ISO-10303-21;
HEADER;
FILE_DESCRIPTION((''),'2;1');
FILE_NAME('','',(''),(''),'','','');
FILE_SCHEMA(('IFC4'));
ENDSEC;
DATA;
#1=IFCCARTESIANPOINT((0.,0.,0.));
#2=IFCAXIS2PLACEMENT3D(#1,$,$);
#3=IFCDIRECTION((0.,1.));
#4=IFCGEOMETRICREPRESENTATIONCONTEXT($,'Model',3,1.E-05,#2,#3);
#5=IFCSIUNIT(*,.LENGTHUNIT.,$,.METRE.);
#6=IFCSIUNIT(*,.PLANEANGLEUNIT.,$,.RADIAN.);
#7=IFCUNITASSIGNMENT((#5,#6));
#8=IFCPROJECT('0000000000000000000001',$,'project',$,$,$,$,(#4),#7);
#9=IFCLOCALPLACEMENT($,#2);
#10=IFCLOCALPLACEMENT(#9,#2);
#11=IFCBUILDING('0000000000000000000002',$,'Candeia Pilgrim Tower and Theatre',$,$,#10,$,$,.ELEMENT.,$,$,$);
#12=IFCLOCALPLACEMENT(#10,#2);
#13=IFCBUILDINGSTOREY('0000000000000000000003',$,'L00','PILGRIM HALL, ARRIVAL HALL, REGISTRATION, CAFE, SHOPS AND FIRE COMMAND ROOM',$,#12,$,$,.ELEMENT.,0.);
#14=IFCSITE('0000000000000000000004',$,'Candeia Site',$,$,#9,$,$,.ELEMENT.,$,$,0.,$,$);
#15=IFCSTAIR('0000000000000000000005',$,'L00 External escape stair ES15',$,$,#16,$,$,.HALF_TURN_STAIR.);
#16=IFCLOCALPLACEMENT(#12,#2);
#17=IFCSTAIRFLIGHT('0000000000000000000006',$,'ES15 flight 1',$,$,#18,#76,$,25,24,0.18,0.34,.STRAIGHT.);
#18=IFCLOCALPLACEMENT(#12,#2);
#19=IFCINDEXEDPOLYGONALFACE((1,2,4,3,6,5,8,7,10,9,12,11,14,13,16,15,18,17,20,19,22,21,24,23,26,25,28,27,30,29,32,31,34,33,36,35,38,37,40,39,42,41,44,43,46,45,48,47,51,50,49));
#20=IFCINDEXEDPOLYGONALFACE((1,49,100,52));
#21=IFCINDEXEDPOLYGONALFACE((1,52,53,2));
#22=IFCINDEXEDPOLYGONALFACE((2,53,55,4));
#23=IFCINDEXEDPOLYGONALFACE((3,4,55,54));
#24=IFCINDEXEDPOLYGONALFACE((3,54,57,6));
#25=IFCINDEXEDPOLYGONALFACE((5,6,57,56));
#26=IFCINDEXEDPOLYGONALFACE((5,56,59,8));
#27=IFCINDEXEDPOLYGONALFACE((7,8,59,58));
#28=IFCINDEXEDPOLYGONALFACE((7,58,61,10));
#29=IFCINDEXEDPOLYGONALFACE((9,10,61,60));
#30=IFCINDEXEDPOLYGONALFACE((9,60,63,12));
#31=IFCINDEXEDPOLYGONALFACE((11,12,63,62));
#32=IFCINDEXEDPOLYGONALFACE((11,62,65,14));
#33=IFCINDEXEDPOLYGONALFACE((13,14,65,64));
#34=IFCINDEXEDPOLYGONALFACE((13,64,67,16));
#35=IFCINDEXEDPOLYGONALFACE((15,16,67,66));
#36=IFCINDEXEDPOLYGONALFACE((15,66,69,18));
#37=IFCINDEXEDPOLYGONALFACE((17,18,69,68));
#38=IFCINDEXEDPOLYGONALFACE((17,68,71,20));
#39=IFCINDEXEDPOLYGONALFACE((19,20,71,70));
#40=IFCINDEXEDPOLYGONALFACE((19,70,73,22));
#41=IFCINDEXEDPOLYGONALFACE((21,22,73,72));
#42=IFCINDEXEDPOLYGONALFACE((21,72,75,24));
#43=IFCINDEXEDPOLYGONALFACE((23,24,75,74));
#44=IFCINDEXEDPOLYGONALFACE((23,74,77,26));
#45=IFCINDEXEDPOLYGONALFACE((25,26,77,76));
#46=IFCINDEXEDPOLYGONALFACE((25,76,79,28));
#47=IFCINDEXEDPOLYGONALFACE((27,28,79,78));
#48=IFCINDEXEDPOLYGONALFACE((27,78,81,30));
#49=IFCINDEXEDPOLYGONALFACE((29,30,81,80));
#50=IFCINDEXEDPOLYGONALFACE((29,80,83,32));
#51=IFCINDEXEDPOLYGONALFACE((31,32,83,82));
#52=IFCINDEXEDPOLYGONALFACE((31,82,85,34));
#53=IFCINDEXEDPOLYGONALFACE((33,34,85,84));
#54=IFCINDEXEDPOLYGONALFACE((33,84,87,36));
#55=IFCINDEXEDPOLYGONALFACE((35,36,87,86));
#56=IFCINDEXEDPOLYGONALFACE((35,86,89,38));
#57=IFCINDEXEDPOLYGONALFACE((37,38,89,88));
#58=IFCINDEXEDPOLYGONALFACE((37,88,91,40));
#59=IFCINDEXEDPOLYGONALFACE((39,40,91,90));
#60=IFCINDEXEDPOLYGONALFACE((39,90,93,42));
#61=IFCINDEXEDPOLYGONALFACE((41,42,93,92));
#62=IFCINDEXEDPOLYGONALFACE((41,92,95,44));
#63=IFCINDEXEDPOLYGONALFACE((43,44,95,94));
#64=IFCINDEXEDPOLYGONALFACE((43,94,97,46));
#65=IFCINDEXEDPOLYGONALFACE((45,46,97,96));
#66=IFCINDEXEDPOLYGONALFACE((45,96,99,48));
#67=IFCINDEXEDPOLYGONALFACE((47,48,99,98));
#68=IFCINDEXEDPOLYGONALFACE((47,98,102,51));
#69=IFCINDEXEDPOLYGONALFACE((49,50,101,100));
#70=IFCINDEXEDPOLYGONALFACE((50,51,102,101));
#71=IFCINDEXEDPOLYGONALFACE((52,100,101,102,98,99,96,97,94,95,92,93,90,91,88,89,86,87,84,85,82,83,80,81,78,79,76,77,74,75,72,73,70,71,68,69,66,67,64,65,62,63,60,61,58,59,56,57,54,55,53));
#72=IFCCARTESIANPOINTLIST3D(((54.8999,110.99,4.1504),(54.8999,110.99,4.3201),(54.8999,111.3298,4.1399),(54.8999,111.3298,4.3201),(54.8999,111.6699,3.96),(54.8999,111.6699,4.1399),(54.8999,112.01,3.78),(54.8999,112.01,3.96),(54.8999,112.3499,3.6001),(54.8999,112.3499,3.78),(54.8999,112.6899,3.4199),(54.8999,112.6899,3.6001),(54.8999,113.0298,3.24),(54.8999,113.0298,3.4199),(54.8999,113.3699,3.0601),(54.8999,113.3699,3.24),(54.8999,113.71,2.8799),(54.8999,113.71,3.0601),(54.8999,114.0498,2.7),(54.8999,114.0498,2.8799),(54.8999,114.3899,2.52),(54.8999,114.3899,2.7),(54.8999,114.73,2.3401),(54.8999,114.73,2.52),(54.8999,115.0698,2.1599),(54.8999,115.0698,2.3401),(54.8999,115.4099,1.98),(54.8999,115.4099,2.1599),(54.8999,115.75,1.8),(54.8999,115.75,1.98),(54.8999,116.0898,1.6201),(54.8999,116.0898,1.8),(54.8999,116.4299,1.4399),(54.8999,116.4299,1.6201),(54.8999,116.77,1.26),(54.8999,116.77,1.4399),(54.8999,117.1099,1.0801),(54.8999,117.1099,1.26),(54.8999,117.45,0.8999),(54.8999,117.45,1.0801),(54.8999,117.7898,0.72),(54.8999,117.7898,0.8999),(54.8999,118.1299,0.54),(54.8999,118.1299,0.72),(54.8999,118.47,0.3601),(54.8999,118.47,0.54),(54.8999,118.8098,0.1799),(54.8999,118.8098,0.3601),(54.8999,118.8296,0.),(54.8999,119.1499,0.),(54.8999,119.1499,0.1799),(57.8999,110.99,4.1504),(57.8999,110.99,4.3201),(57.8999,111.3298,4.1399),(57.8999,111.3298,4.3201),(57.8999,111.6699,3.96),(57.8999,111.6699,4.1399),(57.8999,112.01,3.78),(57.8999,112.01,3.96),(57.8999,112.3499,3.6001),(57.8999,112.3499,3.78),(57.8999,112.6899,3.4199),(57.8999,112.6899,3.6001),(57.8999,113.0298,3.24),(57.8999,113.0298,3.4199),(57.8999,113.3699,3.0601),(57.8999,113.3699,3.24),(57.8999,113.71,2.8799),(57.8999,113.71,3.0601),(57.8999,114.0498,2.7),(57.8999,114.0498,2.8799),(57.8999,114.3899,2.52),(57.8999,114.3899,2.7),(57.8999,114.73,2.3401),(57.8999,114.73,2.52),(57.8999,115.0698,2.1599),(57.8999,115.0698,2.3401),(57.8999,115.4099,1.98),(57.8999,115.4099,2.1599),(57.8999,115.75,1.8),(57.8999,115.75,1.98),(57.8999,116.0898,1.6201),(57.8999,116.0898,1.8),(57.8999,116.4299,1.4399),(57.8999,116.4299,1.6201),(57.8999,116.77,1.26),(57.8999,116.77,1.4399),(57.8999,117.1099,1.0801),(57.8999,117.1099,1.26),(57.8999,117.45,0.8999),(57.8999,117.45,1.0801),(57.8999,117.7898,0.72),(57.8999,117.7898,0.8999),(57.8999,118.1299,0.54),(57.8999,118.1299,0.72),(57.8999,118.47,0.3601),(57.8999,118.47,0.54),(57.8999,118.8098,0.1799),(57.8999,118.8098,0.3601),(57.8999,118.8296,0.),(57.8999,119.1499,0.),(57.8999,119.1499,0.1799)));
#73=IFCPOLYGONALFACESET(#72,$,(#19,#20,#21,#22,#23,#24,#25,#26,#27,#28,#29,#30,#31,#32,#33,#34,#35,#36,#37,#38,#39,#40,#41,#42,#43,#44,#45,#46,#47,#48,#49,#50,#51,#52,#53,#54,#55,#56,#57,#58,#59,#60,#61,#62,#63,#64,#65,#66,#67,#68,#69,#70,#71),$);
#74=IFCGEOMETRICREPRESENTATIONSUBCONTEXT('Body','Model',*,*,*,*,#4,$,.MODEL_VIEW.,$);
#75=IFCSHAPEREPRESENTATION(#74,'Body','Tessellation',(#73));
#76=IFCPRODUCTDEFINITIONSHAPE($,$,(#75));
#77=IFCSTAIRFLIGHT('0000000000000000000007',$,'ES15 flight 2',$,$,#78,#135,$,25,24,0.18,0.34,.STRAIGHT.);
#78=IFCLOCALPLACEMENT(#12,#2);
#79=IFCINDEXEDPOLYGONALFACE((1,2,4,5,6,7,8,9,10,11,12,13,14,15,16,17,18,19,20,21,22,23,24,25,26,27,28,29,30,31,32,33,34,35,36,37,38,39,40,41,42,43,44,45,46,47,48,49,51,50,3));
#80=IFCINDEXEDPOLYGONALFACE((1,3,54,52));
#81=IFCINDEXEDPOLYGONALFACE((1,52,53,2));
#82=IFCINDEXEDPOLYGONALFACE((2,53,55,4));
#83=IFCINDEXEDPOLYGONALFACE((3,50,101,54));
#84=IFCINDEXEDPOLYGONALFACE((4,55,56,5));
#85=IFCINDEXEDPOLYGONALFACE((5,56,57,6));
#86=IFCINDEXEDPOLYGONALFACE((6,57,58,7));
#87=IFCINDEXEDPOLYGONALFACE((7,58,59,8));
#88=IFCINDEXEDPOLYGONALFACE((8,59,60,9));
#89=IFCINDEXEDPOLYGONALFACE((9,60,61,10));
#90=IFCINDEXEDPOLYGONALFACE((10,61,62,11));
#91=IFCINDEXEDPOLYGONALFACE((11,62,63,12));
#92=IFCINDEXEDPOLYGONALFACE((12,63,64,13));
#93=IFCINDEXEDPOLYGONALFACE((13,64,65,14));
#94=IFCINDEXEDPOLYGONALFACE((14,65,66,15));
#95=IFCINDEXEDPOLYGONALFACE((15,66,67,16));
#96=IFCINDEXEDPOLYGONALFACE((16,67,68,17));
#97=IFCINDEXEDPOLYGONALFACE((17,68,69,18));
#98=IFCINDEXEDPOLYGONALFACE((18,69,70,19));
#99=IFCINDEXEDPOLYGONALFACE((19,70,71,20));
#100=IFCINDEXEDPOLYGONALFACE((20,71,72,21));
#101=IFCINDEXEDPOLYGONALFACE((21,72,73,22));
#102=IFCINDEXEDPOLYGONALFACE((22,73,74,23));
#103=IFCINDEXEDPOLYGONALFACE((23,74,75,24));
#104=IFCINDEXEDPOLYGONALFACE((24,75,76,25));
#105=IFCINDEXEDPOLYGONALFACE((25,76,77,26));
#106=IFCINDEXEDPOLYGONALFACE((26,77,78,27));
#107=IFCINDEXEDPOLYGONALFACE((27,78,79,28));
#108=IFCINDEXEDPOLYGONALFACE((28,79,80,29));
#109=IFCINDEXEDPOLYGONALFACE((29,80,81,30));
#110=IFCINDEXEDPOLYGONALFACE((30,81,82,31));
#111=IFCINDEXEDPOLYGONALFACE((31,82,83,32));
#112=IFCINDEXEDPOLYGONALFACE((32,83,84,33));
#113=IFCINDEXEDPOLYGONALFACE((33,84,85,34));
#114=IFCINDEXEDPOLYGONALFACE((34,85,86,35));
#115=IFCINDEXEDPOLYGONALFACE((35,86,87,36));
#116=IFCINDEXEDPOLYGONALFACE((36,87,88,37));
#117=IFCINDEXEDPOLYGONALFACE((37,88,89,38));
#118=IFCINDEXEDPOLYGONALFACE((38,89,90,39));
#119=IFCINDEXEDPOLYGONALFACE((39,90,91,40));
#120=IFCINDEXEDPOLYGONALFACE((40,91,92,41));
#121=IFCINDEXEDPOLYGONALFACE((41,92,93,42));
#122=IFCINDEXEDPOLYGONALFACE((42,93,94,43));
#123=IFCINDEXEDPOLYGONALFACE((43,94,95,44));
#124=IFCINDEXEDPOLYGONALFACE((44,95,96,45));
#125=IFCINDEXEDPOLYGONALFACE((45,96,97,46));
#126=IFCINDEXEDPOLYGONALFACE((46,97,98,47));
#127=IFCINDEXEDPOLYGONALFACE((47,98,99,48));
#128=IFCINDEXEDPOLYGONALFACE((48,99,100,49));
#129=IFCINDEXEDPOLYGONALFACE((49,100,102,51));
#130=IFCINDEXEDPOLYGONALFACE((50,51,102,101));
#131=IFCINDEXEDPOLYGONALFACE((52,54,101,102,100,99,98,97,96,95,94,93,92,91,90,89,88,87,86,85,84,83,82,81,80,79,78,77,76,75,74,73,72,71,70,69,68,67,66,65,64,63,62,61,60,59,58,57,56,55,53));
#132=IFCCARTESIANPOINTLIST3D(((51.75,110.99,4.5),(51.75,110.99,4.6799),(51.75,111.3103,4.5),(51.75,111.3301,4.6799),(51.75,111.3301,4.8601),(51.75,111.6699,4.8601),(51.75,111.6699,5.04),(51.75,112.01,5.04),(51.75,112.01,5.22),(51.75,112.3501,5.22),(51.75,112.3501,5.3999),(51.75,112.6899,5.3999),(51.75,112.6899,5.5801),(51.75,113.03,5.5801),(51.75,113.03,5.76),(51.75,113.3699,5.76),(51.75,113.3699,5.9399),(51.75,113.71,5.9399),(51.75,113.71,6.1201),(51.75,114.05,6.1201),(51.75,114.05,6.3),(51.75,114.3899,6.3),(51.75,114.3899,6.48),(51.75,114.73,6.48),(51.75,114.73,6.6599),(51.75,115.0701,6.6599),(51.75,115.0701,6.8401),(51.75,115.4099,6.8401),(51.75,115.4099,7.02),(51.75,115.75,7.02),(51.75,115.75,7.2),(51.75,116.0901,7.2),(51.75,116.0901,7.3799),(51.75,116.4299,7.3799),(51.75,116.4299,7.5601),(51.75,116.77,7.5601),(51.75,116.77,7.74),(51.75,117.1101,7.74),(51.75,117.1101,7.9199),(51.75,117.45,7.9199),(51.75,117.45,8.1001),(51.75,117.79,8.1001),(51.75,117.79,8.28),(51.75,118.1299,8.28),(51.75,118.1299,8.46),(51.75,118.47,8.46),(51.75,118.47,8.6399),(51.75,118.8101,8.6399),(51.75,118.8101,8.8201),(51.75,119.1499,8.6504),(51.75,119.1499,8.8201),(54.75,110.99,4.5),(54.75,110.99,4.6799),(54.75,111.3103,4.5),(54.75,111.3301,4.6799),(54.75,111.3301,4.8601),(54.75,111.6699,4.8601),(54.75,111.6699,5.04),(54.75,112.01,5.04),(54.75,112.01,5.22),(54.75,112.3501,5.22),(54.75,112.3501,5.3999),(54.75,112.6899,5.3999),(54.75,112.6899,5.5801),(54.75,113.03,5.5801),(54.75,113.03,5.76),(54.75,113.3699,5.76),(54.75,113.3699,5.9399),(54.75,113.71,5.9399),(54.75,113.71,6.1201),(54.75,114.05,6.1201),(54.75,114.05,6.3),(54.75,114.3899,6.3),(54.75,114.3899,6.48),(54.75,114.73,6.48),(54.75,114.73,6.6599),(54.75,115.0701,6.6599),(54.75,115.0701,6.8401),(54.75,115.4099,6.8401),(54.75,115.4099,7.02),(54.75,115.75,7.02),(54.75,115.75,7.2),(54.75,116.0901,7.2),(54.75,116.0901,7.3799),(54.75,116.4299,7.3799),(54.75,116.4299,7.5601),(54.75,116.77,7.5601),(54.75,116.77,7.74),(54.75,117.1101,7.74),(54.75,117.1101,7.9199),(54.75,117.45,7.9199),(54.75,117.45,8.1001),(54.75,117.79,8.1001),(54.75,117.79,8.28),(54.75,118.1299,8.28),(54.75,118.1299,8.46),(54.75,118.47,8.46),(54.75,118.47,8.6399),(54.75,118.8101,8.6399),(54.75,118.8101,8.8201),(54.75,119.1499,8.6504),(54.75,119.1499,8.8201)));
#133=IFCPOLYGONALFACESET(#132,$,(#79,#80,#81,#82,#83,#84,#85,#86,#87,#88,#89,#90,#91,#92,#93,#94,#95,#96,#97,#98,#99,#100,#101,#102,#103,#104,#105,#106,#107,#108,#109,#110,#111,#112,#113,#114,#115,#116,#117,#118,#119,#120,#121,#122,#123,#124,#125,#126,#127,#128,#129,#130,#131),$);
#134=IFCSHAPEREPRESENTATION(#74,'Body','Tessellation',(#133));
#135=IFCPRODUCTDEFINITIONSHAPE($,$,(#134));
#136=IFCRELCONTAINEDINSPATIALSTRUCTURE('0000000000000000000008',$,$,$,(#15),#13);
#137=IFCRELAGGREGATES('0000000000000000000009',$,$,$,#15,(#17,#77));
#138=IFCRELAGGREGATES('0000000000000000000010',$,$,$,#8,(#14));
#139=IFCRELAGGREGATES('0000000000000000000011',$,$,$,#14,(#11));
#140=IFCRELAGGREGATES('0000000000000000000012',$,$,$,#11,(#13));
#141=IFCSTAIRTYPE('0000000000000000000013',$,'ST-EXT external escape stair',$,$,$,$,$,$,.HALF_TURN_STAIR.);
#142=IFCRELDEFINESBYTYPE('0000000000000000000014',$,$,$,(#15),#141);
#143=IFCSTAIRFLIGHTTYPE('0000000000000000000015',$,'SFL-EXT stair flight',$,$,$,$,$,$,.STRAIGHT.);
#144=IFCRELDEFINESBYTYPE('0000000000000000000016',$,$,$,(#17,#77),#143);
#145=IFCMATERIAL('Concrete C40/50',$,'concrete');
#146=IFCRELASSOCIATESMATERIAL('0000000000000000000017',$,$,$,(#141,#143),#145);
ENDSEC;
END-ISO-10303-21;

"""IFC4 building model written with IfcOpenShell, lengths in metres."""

from ifc_helpers import new_model, si_unit, direction, frame, origin, place, context, subcontext, project, spatial, polyline, outline, extrude, material, type_object, element, aggregate, save


model = new_model("IFC4")

# Units and contexts
model_context = context("Model", 3, precision=1e-05, world=origin(), true_north=direction((0.0, 1.0)))
body_context = subcontext(model_context, "Body", "Model", "MODEL_VIEW")
ifc_project = project(units=[si_unit("LENGTHUNIT", "METRE"), si_unit("PLANEANGLEUNIT", "RADIAN")], contexts=[model_context])

# Site, building, storey
site_placement = place(None, origin())
site = spatial("IfcSite", under=ifc_project, at=site_placement, Name="Candeia Site", CompositionType="ELEMENT", RefElevation=0.0)
building_placement = place(site_placement, origin())
building = spatial("IfcBuilding", under=site, at=building_placement, Name="Candeia Pilgrim Tower and Theatre", CompositionType="ELEMENT")
storey_placement = place(building_placement, origin())
storey = spatial("IfcBuildingStorey", under=building, at=storey_placement, Name="L00", Description="PILGRIM HALL, ARRIVAL HALL, REGISTRATION, CAFE, SHOPS AND FIRE COMMAND ROOM", CompositionType="ELEMENT", Elevation=0.0)

# Shared definitions
ifc_material_1 = material(Name="Concrete C40/50", Category="concrete")

# Stair, stair flights
stair_type = type_object("IfcStairType", Name="ST-EXT external escape stair", PredefinedType="HALF_TURN_STAIR", material=ifc_material_1)
stair_placement = place(storey_placement, origin())
stair = element("IfcStair", 1, at=stair_placement, inside=storey, type_object=stair_type, Name="L00 External escape stair ES15", PredefinedType="HALF_TURN_STAIR")
stair_flight_type = type_object("IfcStairFlightType", Name="SFL-EXT stair flight", PredefinedType="STRAIGHT", material=ifc_material_1)
stair_flight_1_placement = place(storey_placement, frame((56.3999, 119.1499, 0.0), z_axis=(0.0, 0.0, 1.0), x_axis=(0.0, -1.0, 0.0)))
stair_flight_1 = element("IfcStairFlight", 2, at=stair_flight_1_placement, type_object=stair_flight_type, Name="ES15 flight 1", NumberOfRisers=25, NumberOfTreads=24, PredefinedType="STRAIGHT", RiserHeight=0.18, TreadLength=0.34, context=body_context, shape_type="SweptSolid", body=[
    extrude(outline(polyline([(0.0, 0.0), (0.0, 0.1799), (0.3401, 0.1799), (0.3401, 0.3601), (0.6799, 0.3601), (0.6799, 0.54), (1.02, 0.54), (1.02, 0.72), (1.3601, 0.72), (1.3601, 0.8999), (1.7, 0.8999), (1.7, 1.0801), (2.04, 1.0801), (2.04, 1.26), (2.3799, 1.26), (2.3799, 1.4399), (2.72, 1.4399), (2.72, 1.6201), (3.0601, 1.6201), (3.0601, 1.8), (3.3999, 1.8), (3.3999, 1.98), (3.74, 1.98), (3.74, 2.1599), (4.0801, 2.1599), (4.0801, 2.3401), (4.4199, 2.3401), (4.4199, 2.52), (4.76, 2.52), (4.76, 2.7), (5.1001, 2.7), (5.1001, 2.8799), (5.4399, 2.8799), (5.4399, 3.0601), (5.78, 3.0601), (5.78, 3.24), (6.1201, 3.24), (6.1201, 3.4199), (6.46, 3.4199), (6.46, 3.6001), (6.8, 3.6001), (6.8, 3.78), (7.1399, 3.78), (7.1399, 3.96), (7.48, 3.96), (7.48, 4.1399), (7.8201, 4.1399), (7.8201, 4.3201), (8.1599, 4.3201), (8.1599, 4.5), (8.1599, 4.1504), (0.3203, 0.0), (0.0, 0.0)])), frame((0.0, 1.5, 0.0), z_axis=(0.0, -1.0, 0.0), x_axis=(1.0, 0.0, 0.0)), (0.0, 0.0, 1.0), 3.0),
])
stair_flight_2_placement = place(storey_placement, frame((53.25, 110.99, 4.5), z_axis=(0.0, 0.0, 1.0), x_axis=(0.0, 1.0, 0.0)))
stair_flight_2 = element("IfcStairFlight", 3, at=stair_flight_2_placement, type_object=stair_flight_type, Name="ES15 flight 2", NumberOfRisers=25, NumberOfTreads=24, PredefinedType="STRAIGHT", RiserHeight=0.18, TreadLength=0.34, context=body_context, shape_type="SweptSolid", body=[
    extrude(outline(polyline([(0.0, 0.0), (0.0, 0.1799), (0.3401, 0.1799), (0.3401, 0.3601), (0.6799, 0.3601), (0.6799, 0.54), (1.02, 0.54), (1.02, 0.72), (1.3601, 0.72), (1.3601, 0.8999), (1.7, 0.8999), (1.7, 1.0801), (2.04, 1.0801), (2.04, 1.26), (2.3799, 1.26), (2.3799, 1.4399), (2.72, 1.4399), (2.72, 1.6201), (3.0601, 1.6201), (3.0601, 1.8), (3.3999, 1.8), (3.3999, 1.98), (3.74, 1.98), (3.74, 2.1599), (4.0801, 2.1599), (4.0801, 2.3401), (4.4199, 2.3401), (4.4199, 2.52), (4.76, 2.52), (4.76, 2.7), (5.1001, 2.7), (5.1001, 2.8799), (5.4399, 2.8799), (5.4399, 3.0601), (5.78, 3.0601), (5.78, 3.24), (6.1201, 3.24), (6.1201, 3.4199), (6.46, 3.4199), (6.46, 3.6001), (6.8, 3.6001), (6.8, 3.78), (7.1399, 3.78), (7.1399, 3.96), (7.48, 3.96), (7.48, 4.1399), (7.8201, 4.1399), (7.8201, 4.3201), (8.1599, 4.3201), (8.1599, 4.5), (8.1599, 4.1504), (0.3203, 0.0), (0.0, 0.0)])), frame((0.0, 1.5, 0.0), z_axis=(0.0, -1.0, 0.0), x_axis=(1.0, 0.0, 0.0)), (0.0, 0.0, 1.0), 3.0),
])
aggregate(stair, [stair_flight_1, stair_flight_2])

save(model, "model.ifc")
